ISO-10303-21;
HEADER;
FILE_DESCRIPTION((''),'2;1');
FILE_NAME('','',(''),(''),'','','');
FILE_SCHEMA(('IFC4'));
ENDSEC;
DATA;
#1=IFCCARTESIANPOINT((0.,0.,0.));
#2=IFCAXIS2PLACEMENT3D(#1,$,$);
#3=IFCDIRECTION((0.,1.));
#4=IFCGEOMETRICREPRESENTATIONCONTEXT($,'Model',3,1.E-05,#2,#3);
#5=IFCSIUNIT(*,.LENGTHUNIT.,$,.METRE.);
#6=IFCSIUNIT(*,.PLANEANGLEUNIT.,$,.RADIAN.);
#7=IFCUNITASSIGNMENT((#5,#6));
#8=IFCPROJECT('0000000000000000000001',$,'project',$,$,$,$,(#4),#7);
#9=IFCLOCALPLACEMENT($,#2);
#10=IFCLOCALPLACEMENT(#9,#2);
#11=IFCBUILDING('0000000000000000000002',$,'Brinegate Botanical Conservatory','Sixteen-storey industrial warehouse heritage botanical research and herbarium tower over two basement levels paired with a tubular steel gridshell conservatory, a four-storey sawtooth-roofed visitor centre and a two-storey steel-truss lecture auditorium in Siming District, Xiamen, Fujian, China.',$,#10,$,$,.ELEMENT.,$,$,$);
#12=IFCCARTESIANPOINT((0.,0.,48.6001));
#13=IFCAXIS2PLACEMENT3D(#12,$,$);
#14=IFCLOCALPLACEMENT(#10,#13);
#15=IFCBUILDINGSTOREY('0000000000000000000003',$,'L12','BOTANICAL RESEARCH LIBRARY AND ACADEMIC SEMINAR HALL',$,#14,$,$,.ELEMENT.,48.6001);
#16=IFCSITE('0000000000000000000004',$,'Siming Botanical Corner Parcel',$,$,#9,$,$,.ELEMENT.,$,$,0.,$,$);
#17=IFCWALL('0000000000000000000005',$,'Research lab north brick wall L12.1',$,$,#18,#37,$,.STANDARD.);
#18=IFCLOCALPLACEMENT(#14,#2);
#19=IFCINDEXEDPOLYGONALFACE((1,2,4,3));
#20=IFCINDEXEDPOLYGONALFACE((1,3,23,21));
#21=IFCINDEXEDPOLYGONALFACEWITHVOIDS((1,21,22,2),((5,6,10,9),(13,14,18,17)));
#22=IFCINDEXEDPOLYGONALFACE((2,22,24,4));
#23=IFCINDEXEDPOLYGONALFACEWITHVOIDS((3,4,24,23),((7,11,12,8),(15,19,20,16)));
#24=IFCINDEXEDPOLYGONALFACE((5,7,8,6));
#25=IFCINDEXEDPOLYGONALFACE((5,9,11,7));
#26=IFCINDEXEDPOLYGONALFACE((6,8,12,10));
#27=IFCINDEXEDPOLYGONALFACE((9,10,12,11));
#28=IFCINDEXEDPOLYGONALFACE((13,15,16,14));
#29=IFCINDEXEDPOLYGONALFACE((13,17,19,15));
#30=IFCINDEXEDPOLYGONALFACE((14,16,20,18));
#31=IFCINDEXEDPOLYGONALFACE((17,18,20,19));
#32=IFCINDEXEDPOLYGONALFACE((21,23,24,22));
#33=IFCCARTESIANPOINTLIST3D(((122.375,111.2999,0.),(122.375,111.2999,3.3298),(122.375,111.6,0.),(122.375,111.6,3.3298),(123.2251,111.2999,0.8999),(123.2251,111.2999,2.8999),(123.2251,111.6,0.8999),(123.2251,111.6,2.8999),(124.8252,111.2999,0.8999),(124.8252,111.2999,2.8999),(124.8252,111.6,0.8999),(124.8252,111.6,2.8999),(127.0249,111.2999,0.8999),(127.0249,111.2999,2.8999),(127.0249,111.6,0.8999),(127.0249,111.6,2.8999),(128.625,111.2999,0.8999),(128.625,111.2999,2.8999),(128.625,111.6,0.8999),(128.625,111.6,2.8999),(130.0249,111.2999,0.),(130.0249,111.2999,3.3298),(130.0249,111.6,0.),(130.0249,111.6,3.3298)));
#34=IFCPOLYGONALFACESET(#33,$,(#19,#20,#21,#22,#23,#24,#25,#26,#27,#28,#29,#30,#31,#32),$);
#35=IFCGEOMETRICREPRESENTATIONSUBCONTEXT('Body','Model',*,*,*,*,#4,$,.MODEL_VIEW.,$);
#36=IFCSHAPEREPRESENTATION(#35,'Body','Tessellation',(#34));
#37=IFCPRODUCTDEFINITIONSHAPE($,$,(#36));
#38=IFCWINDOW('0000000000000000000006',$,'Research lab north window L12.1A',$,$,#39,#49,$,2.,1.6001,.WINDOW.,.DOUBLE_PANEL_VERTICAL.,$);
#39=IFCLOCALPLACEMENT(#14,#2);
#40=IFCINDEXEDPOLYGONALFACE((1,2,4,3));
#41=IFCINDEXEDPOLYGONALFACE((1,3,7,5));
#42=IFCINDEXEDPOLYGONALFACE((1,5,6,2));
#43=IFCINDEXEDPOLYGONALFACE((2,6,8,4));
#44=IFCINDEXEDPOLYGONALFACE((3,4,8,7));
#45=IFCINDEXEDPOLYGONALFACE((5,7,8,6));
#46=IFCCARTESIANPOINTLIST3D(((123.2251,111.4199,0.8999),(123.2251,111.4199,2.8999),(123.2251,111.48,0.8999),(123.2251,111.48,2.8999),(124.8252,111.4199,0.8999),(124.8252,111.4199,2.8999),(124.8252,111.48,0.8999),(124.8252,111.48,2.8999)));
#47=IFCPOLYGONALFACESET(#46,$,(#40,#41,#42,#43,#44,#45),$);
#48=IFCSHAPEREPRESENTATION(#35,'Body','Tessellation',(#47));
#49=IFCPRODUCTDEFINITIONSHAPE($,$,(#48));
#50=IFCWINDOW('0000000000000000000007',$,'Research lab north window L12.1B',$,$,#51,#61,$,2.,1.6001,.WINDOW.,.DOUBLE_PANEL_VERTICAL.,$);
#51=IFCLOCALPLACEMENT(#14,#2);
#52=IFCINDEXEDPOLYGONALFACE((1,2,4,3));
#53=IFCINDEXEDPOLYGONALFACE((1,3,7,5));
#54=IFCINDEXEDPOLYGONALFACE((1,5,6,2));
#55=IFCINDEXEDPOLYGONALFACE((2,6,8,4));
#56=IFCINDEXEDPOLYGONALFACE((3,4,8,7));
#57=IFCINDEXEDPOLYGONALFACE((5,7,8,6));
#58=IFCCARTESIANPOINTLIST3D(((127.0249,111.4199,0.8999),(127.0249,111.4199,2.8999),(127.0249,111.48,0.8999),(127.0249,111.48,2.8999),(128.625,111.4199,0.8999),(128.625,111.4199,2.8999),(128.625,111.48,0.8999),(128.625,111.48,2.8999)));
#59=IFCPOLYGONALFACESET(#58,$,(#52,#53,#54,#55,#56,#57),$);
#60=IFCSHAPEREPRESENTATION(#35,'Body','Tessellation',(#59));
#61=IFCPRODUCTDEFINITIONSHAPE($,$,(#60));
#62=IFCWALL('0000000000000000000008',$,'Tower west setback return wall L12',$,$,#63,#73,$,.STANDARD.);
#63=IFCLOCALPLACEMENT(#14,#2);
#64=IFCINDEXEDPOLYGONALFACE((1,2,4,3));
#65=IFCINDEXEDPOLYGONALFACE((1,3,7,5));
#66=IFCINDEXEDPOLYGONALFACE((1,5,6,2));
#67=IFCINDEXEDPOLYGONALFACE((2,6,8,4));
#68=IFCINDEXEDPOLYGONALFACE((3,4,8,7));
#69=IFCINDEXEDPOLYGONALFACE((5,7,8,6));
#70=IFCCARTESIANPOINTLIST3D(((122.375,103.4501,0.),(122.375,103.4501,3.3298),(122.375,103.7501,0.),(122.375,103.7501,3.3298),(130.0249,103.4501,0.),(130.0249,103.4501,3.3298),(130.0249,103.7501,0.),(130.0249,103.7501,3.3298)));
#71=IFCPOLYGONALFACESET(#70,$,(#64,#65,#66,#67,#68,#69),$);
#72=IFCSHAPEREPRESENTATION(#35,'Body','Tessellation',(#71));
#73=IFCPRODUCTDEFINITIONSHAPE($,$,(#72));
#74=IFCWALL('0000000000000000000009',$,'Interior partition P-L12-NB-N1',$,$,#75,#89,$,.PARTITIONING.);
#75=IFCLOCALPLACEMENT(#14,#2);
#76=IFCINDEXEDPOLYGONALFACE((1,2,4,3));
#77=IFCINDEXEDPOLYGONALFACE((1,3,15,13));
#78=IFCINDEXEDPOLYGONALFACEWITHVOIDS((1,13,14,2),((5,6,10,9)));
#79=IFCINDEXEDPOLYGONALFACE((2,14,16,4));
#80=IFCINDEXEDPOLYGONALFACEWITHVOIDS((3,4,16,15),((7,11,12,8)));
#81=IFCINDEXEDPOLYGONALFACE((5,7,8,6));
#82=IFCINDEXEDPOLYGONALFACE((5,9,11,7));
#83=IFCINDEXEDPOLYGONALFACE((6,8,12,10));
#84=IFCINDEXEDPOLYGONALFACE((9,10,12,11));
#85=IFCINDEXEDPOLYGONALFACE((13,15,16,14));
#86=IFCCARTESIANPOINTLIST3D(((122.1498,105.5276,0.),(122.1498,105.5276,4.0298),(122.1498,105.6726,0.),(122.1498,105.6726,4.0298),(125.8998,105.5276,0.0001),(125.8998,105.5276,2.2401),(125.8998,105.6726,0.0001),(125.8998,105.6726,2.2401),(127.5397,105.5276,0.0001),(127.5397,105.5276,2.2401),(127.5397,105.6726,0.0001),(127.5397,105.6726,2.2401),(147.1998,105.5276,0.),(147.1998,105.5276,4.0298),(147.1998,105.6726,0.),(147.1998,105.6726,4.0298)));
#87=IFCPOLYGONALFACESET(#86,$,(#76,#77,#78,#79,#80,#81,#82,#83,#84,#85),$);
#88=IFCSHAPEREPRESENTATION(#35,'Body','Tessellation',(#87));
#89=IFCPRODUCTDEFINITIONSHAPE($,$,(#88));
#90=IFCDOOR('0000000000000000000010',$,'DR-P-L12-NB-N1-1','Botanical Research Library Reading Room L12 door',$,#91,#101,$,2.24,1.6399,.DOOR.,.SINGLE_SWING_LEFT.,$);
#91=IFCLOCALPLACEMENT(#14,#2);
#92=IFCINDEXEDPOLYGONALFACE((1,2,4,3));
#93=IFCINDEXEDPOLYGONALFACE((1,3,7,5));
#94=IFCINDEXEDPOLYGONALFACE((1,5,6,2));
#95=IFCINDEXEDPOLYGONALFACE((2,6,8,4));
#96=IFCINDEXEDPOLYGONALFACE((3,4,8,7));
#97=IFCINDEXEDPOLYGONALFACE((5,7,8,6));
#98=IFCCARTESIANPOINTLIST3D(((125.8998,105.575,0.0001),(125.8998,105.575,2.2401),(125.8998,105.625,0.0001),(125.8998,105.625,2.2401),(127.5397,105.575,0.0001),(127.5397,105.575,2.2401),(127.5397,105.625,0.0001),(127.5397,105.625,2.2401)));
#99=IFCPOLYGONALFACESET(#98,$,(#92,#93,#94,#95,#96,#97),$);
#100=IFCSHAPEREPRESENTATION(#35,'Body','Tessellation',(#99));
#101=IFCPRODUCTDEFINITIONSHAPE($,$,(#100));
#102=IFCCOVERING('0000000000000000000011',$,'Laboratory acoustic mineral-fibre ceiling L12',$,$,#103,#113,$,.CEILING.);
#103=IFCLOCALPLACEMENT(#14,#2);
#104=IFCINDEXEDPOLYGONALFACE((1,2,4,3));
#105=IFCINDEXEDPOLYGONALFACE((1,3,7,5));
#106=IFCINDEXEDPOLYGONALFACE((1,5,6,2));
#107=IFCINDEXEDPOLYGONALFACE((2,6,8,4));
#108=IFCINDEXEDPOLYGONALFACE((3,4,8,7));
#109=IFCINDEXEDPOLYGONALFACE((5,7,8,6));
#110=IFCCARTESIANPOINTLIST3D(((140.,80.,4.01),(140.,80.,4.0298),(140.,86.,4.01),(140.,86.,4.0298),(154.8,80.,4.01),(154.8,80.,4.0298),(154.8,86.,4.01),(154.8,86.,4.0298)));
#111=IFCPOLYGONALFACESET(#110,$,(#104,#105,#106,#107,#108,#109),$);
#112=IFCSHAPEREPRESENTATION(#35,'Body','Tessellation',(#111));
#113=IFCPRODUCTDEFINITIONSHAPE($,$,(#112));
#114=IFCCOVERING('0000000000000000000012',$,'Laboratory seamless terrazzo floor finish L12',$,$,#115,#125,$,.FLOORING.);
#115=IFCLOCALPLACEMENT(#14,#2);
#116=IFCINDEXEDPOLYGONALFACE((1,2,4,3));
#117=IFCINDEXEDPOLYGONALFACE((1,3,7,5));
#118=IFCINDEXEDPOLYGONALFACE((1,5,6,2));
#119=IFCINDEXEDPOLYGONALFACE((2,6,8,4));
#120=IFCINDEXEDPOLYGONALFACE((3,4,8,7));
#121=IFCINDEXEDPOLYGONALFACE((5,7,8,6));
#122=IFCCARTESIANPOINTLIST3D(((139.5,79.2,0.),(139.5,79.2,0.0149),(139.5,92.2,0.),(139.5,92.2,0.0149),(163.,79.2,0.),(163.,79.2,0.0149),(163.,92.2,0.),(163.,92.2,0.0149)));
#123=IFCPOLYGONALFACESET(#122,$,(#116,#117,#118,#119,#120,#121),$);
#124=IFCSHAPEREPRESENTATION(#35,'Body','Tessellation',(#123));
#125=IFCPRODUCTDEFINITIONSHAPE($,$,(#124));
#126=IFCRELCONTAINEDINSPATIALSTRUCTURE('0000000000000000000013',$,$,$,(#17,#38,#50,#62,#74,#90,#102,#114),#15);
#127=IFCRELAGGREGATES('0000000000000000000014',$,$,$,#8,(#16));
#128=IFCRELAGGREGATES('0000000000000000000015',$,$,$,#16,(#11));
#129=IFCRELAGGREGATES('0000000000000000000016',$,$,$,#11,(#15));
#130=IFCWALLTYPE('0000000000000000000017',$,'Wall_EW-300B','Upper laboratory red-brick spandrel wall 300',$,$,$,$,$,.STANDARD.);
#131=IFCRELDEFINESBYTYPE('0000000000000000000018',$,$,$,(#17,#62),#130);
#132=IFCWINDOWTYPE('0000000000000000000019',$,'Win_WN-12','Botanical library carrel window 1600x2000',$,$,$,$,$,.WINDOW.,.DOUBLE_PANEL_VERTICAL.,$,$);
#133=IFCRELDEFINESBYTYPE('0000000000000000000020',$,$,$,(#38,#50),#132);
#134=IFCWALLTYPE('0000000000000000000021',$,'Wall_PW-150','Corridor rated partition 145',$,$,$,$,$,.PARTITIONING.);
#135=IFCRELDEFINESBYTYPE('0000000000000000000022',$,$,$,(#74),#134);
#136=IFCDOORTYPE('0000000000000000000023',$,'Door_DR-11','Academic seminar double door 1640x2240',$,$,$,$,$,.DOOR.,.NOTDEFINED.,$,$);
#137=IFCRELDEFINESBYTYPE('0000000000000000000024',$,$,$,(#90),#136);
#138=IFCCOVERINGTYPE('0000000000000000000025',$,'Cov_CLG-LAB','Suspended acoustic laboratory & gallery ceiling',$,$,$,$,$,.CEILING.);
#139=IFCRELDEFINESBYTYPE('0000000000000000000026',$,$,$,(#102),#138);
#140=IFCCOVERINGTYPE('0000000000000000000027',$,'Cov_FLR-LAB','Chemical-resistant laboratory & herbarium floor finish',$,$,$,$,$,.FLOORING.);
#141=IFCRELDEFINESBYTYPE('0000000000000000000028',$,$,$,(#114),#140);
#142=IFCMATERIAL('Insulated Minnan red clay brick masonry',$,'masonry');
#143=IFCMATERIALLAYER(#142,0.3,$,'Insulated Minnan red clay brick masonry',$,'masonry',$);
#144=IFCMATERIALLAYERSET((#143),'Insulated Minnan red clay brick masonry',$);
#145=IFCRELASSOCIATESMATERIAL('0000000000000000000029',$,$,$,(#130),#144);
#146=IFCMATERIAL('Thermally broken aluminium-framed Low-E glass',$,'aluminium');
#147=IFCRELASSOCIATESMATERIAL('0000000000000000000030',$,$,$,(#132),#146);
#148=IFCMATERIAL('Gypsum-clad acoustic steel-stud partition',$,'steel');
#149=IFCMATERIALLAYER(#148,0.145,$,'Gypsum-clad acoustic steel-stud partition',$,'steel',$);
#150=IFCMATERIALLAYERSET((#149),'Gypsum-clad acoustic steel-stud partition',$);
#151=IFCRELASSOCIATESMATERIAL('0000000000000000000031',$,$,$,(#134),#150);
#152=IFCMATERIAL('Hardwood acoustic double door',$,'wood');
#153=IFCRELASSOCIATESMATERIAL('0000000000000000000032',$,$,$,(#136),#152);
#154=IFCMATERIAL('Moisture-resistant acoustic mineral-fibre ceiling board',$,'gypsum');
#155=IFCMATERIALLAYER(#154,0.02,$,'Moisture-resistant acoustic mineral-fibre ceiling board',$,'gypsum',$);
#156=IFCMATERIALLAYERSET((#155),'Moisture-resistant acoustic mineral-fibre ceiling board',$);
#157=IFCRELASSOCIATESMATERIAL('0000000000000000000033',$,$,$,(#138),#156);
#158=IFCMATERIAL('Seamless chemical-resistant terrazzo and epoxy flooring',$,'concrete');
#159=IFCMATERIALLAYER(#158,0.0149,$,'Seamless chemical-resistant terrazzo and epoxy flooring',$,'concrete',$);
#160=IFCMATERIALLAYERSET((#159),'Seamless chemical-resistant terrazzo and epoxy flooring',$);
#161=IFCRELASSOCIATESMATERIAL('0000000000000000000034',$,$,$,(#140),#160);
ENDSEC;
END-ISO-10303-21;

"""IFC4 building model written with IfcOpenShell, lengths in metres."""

from ifc_helpers import new_model, si_unit, direction, frame, frame_2d, origin, place, context, subcontext, project, spatial, polyline, rectangle, outline, extrude, material, layer, layer_set, type_object, element, fill, save


model = new_model("IFC4")

# Units and contexts
model_context = context("Model", 3, precision=1e-05, world=origin(), true_north=direction((0.0, 1.0)))
body_context = subcontext(model_context, "Body", "Model", "MODEL_VIEW")
ifc_project = project(units=[si_unit("LENGTHUNIT", "METRE"), si_unit("PLANEANGLEUNIT", "RADIAN")], contexts=[model_context])

# Site, building, storey
site_placement = place(None, origin())
site = spatial("IfcSite", under=ifc_project, at=site_placement, Name="Siming Botanical Corner Parcel", CompositionType="ELEMENT", RefElevation=0.0)
building_placement = place(site_placement, origin())
building = spatial("IfcBuilding", under=site, at=building_placement, Name="Brinegate Botanical Conservatory", Description="Sixteen-storey industrial warehouse heritage botanical research and herbarium tower over two basement levels paired with a tubular steel gridshell conservatory, a four-storey sawtooth-roofed visitor centre and a two-storey steel-truss lecture auditorium in Siming District, Xiamen, Fujian, China.", CompositionType="ELEMENT")
storey_placement = place(building_placement, frame((0.0, 0.0, 48.6001)))
storey = spatial("IfcBuildingStorey", under=building, at=storey_placement, Name="L12", Description="BOTANICAL RESEARCH LIBRARY AND ACADEMIC SEMINAR HALL", CompositionType="ELEMENT", Elevation=48.6001)

# Wall, openings, windows
ifc_material_1 = material(Name="Insulated Minnan red clay brick masonry", Category="masonry")
ifc_layer_1 = layer(ifc_material_1, 0.3, Name="Insulated Minnan red clay brick masonry", Category="masonry")
ifc_layer_set_1 = layer_set([ifc_layer_1], Name="Insulated Minnan red clay brick masonry")
wall_type_1 = type_object("IfcWallType", Name="Wall_EW-300B", Description="Upper laboratory red-brick spandrel wall 300", PredefinedType="STANDARD", material=ifc_layer_set_1)
wall_1_placement = place(storey_placement, frame((122.375, 111.45, 0.0), z_axis=(0.0, 0.0, 1.0), x_axis=(1.0, 0.0, 0.0)))
wall_1 = element("IfcWall", 1, at=wall_1_placement, inside=storey, type_object=wall_type_1, Name="Research lab north brick wall L12.1", PredefinedType="STANDARD", context=body_context, shape_type="SweptSolid", body=[
    extrude(rectangle(XDim=7.6499, YDim=0.3, at=frame_2d((3.825, 0.0))), origin(), (0.0, 0.0, 1.0), 3.3298),
])
opening_1_placement = place(wall_1_placement, frame((0.8501, 0.0, 0.8999)))
opening_1 = element("IfcOpeningElement", 2, at=opening_1_placement, cuts=wall_1, PredefinedType="OPENING", context=body_context, shape_type="SweptSolid", body=[
    extrude(rectangle(XDim=1.6001, YDim=2.0, at=frame_2d((0.8, 1.0))), frame((0.0, 0.1599, 0.0), z_axis=(0.0, -1.0, 0.0), x_axis=(1.0, 0.0, 0.0)), (0.0, 0.0, 1.0), 0.3201),
])
opening_2_placement = place(wall_1_placement, frame((4.6499, 0.0, 0.8999)))
opening_2 = element("IfcOpeningElement", 3, at=opening_2_placement, cuts=wall_1, PredefinedType="OPENING", context=body_context, shape_type="SweptSolid", body=[
    extrude(rectangle(XDim=1.6001, YDim=2.0, at=frame_2d((0.8, 1.0))), frame((0.0, 0.1599, 0.0), z_axis=(0.0, -1.0, 0.0), x_axis=(1.0, 0.0, 0.0)), (0.0, 0.0, 1.0), 0.3201),
])
ifc_material_2 = material(Name="Thermally broken aluminium-framed Low-E glass", Category="aluminium")
window_type = type_object("IfcWindowType", Name="Win_WN-12", Description="Botanical library carrel window 1600x2000", PartitioningType="DOUBLE_PANEL_VERTICAL", PredefinedType="WINDOW", material=ifc_material_2)
window_1_placement = place(opening_1_placement, origin())
window_1 = element("IfcWindow", 4, at=window_1_placement, inside=storey, type_object=window_type, Name="Research lab north window L12.1A", OverallHeight=2.0, OverallWidth=1.6001, PartitioningType="DOUBLE_PANEL_VERTICAL", PredefinedType="WINDOW", context=body_context, shape_type="SweptSolid", body=[
    extrude(rectangle(XDim=1.6001, YDim=2.0, at=frame_2d((0.8, 1.0))), frame((0.0, 0.03, 0.0), z_axis=(0.0, -1.0, 0.0), x_axis=(1.0, 0.0, 0.0)), (0.0, 0.0, 1.0), 0.0601),
])
fill(opening_1, window_1)
window_2_placement = place(opening_2_placement, origin())
window_2 = element("IfcWindow", 5, at=window_2_placement, inside=storey, type_object=window_type, Name="Research lab north window L12.1B", OverallHeight=2.0, OverallWidth=1.6001, PartitioningType="DOUBLE_PANEL_VERTICAL", PredefinedType="WINDOW", context=body_context, shape_type="SweptSolid", body=[
    extrude(rectangle(XDim=1.6001, YDim=2.0, at=frame_2d((0.8, 1.0))), frame((0.0, 0.03, 0.0), z_axis=(0.0, -1.0, 0.0), x_axis=(1.0, 0.0, 0.0)), (0.0, 0.0, 1.0), 0.0601),
])
fill(opening_2, window_2)

# Wall
wall_2_placement = place(storey_placement, frame((130.0249, 103.6001, 0.0), z_axis=(0.0, 0.0, 1.0), x_axis=(-1.0, 0.0, 0.0)))
element("IfcWall", 6, at=wall_2_placement, inside=storey, type_object=wall_type_1, Name="Tower west setback return wall L12", PredefinedType="STANDARD", context=body_context, shape_type="SweptSolid", body=[
    extrude(rectangle(XDim=7.6499, YDim=0.3, at=frame_2d((3.825, 0.0))), origin(), (0.0, 0.0, 1.0), 3.3298),
])

# Wall, opening, door
ifc_material_3 = material(Name="Gypsum-clad acoustic steel-stud partition", Category="steel")
ifc_layer_2 = layer(ifc_material_3, 0.145, Name="Gypsum-clad acoustic steel-stud partition", Category="steel")
ifc_layer_set_2 = layer_set([ifc_layer_2], Name="Gypsum-clad acoustic steel-stud partition")
wall_type_2 = type_object("IfcWallType", Name="Wall_PW-150", Description="Corridor rated partition 145", PredefinedType="PARTITIONING", material=ifc_layer_set_2)
wall_3_placement = place(storey_placement, frame((122.1499, 105.6001, 0.0), z_axis=(0.0, 0.0, 1.0), x_axis=(1.0, 0.0, 0.0)))
wall_3 = element("IfcWall", 7, at=wall_3_placement, inside=storey, type_object=wall_type_2, Name="Interior partition P-L12-NB-N1", PredefinedType="PARTITIONING", context=body_context, shape_type="SweptSolid", body=[
    extrude(rectangle(XDim=25.05, YDim=0.145, at=frame_2d((12.5249, 0.0))), origin(), (0.0, 0.0, 1.0), 4.0298),
])
opening_3_placement = place(wall_3_placement, frame((3.75, 0.0, 0.0)))
opening_3 = element("IfcOpeningElement", 8, at=opening_3_placement, cuts=wall_3, PredefinedType="OPENING", context=body_context, shape_type="SweptSolid", body=[
    extrude(rectangle(XDim=1.6399, YDim=2.24, at=frame_2d((0.8198, 1.1201))), frame((0.0, 0.0825, 0.0), z_axis=(0.0, -1.0, 0.0), x_axis=(1.0, 0.0, 0.0)), (0.0, 0.0, 1.0), 0.165),
])
ifc_material_4 = material(Name="Hardwood acoustic double door", Category="wood")
door_type = type_object("IfcDoorType", Name="Door_DR-11", Description="Academic seminar double door 1640x2240", OperationType="NOTDEFINED", PredefinedType="DOOR", material=ifc_material_4)
door_placement = place(opening_3_placement, origin())
door = element("IfcDoor", 9, at=door_placement, inside=storey, type_object=door_type, Name="DR-P-L12-NB-N1-1", Description="Botanical Research Library Reading Room L12 door", OperationType="SINGLE_SWING_LEFT", OverallHeight=2.24, OverallWidth=1.6399, PredefinedType="DOOR", context=body_context, shape_type="SweptSolid", body=[
    extrude(rectangle(XDim=1.6399, YDim=2.24, at=frame_2d((0.8198, 1.1201))), frame((0.0, 0.0249, 0.0), z_axis=(0.0, -1.0, 0.0), x_axis=(1.0, 0.0, 0.0)), (0.0, 0.0, 1.0), 0.05),
])
fill(opening_3, door)

# Coverings
ifc_material_5 = material(Name="Moisture-resistant acoustic mineral-fibre ceiling board", Category="gypsum")
ifc_layer_3 = layer(ifc_material_5, 0.02, Name="Moisture-resistant acoustic mineral-fibre ceiling board", Category="gypsum")
ifc_layer_set_3 = layer_set([ifc_layer_3], Name="Moisture-resistant acoustic mineral-fibre ceiling board")
covering_type_1 = type_object("IfcCoveringType", Name="Cov_CLG-LAB", Description="Suspended acoustic laboratory & gallery ceiling", PredefinedType="CEILING", material=ifc_layer_set_3)
covering_1_placement = place(storey_placement, frame((0.0, 0.0, 4.01)))
element("IfcCovering", 10, at=covering_1_placement, inside=storey, type_object=covering_type_1, Name="Laboratory acoustic mineral-fibre ceiling L12", PredefinedType="CEILING", context=body_context, shape_type="SweptSolid", body=[
    extrude(outline(polyline([(140.0, 80.0), (154.8, 80.0), (154.8, 86.0), (140.0, 86.0), (140.0, 80.0)])), origin(), (0.0, 0.0, 1.0), 0.0198),
])
ifc_material_6 = material(Name="Seamless chemical-resistant terrazzo and epoxy flooring", Category="concrete")
ifc_layer_4 = layer(ifc_material_6, 0.0149, Name="Seamless chemical-resistant terrazzo and epoxy flooring", Category="concrete")
ifc_layer_set_4 = layer_set([ifc_layer_4], Name="Seamless chemical-resistant terrazzo and epoxy flooring")
covering_type_2 = type_object("IfcCoveringType", Name="Cov_FLR-LAB", Description="Chemical-resistant laboratory & herbarium floor finish", PredefinedType="FLOORING", material=ifc_layer_set_4)
covering_2_placement = place(storey_placement, origin())
element("IfcCovering", 11, at=covering_2_placement, inside=storey, type_object=covering_type_2, Name="Laboratory seamless terrazzo floor finish L12", PredefinedType="FLOORING", context=body_context, shape_type="SweptSolid", body=[
    extrude(outline(polyline([(139.5, 79.2), (163.0, 79.2), (163.0, 92.2), (139.5, 92.2), (139.5, 79.2)])), origin(), (0.0, 0.0, 1.0), 0.0149),
])

save(model, "model.ifc")
